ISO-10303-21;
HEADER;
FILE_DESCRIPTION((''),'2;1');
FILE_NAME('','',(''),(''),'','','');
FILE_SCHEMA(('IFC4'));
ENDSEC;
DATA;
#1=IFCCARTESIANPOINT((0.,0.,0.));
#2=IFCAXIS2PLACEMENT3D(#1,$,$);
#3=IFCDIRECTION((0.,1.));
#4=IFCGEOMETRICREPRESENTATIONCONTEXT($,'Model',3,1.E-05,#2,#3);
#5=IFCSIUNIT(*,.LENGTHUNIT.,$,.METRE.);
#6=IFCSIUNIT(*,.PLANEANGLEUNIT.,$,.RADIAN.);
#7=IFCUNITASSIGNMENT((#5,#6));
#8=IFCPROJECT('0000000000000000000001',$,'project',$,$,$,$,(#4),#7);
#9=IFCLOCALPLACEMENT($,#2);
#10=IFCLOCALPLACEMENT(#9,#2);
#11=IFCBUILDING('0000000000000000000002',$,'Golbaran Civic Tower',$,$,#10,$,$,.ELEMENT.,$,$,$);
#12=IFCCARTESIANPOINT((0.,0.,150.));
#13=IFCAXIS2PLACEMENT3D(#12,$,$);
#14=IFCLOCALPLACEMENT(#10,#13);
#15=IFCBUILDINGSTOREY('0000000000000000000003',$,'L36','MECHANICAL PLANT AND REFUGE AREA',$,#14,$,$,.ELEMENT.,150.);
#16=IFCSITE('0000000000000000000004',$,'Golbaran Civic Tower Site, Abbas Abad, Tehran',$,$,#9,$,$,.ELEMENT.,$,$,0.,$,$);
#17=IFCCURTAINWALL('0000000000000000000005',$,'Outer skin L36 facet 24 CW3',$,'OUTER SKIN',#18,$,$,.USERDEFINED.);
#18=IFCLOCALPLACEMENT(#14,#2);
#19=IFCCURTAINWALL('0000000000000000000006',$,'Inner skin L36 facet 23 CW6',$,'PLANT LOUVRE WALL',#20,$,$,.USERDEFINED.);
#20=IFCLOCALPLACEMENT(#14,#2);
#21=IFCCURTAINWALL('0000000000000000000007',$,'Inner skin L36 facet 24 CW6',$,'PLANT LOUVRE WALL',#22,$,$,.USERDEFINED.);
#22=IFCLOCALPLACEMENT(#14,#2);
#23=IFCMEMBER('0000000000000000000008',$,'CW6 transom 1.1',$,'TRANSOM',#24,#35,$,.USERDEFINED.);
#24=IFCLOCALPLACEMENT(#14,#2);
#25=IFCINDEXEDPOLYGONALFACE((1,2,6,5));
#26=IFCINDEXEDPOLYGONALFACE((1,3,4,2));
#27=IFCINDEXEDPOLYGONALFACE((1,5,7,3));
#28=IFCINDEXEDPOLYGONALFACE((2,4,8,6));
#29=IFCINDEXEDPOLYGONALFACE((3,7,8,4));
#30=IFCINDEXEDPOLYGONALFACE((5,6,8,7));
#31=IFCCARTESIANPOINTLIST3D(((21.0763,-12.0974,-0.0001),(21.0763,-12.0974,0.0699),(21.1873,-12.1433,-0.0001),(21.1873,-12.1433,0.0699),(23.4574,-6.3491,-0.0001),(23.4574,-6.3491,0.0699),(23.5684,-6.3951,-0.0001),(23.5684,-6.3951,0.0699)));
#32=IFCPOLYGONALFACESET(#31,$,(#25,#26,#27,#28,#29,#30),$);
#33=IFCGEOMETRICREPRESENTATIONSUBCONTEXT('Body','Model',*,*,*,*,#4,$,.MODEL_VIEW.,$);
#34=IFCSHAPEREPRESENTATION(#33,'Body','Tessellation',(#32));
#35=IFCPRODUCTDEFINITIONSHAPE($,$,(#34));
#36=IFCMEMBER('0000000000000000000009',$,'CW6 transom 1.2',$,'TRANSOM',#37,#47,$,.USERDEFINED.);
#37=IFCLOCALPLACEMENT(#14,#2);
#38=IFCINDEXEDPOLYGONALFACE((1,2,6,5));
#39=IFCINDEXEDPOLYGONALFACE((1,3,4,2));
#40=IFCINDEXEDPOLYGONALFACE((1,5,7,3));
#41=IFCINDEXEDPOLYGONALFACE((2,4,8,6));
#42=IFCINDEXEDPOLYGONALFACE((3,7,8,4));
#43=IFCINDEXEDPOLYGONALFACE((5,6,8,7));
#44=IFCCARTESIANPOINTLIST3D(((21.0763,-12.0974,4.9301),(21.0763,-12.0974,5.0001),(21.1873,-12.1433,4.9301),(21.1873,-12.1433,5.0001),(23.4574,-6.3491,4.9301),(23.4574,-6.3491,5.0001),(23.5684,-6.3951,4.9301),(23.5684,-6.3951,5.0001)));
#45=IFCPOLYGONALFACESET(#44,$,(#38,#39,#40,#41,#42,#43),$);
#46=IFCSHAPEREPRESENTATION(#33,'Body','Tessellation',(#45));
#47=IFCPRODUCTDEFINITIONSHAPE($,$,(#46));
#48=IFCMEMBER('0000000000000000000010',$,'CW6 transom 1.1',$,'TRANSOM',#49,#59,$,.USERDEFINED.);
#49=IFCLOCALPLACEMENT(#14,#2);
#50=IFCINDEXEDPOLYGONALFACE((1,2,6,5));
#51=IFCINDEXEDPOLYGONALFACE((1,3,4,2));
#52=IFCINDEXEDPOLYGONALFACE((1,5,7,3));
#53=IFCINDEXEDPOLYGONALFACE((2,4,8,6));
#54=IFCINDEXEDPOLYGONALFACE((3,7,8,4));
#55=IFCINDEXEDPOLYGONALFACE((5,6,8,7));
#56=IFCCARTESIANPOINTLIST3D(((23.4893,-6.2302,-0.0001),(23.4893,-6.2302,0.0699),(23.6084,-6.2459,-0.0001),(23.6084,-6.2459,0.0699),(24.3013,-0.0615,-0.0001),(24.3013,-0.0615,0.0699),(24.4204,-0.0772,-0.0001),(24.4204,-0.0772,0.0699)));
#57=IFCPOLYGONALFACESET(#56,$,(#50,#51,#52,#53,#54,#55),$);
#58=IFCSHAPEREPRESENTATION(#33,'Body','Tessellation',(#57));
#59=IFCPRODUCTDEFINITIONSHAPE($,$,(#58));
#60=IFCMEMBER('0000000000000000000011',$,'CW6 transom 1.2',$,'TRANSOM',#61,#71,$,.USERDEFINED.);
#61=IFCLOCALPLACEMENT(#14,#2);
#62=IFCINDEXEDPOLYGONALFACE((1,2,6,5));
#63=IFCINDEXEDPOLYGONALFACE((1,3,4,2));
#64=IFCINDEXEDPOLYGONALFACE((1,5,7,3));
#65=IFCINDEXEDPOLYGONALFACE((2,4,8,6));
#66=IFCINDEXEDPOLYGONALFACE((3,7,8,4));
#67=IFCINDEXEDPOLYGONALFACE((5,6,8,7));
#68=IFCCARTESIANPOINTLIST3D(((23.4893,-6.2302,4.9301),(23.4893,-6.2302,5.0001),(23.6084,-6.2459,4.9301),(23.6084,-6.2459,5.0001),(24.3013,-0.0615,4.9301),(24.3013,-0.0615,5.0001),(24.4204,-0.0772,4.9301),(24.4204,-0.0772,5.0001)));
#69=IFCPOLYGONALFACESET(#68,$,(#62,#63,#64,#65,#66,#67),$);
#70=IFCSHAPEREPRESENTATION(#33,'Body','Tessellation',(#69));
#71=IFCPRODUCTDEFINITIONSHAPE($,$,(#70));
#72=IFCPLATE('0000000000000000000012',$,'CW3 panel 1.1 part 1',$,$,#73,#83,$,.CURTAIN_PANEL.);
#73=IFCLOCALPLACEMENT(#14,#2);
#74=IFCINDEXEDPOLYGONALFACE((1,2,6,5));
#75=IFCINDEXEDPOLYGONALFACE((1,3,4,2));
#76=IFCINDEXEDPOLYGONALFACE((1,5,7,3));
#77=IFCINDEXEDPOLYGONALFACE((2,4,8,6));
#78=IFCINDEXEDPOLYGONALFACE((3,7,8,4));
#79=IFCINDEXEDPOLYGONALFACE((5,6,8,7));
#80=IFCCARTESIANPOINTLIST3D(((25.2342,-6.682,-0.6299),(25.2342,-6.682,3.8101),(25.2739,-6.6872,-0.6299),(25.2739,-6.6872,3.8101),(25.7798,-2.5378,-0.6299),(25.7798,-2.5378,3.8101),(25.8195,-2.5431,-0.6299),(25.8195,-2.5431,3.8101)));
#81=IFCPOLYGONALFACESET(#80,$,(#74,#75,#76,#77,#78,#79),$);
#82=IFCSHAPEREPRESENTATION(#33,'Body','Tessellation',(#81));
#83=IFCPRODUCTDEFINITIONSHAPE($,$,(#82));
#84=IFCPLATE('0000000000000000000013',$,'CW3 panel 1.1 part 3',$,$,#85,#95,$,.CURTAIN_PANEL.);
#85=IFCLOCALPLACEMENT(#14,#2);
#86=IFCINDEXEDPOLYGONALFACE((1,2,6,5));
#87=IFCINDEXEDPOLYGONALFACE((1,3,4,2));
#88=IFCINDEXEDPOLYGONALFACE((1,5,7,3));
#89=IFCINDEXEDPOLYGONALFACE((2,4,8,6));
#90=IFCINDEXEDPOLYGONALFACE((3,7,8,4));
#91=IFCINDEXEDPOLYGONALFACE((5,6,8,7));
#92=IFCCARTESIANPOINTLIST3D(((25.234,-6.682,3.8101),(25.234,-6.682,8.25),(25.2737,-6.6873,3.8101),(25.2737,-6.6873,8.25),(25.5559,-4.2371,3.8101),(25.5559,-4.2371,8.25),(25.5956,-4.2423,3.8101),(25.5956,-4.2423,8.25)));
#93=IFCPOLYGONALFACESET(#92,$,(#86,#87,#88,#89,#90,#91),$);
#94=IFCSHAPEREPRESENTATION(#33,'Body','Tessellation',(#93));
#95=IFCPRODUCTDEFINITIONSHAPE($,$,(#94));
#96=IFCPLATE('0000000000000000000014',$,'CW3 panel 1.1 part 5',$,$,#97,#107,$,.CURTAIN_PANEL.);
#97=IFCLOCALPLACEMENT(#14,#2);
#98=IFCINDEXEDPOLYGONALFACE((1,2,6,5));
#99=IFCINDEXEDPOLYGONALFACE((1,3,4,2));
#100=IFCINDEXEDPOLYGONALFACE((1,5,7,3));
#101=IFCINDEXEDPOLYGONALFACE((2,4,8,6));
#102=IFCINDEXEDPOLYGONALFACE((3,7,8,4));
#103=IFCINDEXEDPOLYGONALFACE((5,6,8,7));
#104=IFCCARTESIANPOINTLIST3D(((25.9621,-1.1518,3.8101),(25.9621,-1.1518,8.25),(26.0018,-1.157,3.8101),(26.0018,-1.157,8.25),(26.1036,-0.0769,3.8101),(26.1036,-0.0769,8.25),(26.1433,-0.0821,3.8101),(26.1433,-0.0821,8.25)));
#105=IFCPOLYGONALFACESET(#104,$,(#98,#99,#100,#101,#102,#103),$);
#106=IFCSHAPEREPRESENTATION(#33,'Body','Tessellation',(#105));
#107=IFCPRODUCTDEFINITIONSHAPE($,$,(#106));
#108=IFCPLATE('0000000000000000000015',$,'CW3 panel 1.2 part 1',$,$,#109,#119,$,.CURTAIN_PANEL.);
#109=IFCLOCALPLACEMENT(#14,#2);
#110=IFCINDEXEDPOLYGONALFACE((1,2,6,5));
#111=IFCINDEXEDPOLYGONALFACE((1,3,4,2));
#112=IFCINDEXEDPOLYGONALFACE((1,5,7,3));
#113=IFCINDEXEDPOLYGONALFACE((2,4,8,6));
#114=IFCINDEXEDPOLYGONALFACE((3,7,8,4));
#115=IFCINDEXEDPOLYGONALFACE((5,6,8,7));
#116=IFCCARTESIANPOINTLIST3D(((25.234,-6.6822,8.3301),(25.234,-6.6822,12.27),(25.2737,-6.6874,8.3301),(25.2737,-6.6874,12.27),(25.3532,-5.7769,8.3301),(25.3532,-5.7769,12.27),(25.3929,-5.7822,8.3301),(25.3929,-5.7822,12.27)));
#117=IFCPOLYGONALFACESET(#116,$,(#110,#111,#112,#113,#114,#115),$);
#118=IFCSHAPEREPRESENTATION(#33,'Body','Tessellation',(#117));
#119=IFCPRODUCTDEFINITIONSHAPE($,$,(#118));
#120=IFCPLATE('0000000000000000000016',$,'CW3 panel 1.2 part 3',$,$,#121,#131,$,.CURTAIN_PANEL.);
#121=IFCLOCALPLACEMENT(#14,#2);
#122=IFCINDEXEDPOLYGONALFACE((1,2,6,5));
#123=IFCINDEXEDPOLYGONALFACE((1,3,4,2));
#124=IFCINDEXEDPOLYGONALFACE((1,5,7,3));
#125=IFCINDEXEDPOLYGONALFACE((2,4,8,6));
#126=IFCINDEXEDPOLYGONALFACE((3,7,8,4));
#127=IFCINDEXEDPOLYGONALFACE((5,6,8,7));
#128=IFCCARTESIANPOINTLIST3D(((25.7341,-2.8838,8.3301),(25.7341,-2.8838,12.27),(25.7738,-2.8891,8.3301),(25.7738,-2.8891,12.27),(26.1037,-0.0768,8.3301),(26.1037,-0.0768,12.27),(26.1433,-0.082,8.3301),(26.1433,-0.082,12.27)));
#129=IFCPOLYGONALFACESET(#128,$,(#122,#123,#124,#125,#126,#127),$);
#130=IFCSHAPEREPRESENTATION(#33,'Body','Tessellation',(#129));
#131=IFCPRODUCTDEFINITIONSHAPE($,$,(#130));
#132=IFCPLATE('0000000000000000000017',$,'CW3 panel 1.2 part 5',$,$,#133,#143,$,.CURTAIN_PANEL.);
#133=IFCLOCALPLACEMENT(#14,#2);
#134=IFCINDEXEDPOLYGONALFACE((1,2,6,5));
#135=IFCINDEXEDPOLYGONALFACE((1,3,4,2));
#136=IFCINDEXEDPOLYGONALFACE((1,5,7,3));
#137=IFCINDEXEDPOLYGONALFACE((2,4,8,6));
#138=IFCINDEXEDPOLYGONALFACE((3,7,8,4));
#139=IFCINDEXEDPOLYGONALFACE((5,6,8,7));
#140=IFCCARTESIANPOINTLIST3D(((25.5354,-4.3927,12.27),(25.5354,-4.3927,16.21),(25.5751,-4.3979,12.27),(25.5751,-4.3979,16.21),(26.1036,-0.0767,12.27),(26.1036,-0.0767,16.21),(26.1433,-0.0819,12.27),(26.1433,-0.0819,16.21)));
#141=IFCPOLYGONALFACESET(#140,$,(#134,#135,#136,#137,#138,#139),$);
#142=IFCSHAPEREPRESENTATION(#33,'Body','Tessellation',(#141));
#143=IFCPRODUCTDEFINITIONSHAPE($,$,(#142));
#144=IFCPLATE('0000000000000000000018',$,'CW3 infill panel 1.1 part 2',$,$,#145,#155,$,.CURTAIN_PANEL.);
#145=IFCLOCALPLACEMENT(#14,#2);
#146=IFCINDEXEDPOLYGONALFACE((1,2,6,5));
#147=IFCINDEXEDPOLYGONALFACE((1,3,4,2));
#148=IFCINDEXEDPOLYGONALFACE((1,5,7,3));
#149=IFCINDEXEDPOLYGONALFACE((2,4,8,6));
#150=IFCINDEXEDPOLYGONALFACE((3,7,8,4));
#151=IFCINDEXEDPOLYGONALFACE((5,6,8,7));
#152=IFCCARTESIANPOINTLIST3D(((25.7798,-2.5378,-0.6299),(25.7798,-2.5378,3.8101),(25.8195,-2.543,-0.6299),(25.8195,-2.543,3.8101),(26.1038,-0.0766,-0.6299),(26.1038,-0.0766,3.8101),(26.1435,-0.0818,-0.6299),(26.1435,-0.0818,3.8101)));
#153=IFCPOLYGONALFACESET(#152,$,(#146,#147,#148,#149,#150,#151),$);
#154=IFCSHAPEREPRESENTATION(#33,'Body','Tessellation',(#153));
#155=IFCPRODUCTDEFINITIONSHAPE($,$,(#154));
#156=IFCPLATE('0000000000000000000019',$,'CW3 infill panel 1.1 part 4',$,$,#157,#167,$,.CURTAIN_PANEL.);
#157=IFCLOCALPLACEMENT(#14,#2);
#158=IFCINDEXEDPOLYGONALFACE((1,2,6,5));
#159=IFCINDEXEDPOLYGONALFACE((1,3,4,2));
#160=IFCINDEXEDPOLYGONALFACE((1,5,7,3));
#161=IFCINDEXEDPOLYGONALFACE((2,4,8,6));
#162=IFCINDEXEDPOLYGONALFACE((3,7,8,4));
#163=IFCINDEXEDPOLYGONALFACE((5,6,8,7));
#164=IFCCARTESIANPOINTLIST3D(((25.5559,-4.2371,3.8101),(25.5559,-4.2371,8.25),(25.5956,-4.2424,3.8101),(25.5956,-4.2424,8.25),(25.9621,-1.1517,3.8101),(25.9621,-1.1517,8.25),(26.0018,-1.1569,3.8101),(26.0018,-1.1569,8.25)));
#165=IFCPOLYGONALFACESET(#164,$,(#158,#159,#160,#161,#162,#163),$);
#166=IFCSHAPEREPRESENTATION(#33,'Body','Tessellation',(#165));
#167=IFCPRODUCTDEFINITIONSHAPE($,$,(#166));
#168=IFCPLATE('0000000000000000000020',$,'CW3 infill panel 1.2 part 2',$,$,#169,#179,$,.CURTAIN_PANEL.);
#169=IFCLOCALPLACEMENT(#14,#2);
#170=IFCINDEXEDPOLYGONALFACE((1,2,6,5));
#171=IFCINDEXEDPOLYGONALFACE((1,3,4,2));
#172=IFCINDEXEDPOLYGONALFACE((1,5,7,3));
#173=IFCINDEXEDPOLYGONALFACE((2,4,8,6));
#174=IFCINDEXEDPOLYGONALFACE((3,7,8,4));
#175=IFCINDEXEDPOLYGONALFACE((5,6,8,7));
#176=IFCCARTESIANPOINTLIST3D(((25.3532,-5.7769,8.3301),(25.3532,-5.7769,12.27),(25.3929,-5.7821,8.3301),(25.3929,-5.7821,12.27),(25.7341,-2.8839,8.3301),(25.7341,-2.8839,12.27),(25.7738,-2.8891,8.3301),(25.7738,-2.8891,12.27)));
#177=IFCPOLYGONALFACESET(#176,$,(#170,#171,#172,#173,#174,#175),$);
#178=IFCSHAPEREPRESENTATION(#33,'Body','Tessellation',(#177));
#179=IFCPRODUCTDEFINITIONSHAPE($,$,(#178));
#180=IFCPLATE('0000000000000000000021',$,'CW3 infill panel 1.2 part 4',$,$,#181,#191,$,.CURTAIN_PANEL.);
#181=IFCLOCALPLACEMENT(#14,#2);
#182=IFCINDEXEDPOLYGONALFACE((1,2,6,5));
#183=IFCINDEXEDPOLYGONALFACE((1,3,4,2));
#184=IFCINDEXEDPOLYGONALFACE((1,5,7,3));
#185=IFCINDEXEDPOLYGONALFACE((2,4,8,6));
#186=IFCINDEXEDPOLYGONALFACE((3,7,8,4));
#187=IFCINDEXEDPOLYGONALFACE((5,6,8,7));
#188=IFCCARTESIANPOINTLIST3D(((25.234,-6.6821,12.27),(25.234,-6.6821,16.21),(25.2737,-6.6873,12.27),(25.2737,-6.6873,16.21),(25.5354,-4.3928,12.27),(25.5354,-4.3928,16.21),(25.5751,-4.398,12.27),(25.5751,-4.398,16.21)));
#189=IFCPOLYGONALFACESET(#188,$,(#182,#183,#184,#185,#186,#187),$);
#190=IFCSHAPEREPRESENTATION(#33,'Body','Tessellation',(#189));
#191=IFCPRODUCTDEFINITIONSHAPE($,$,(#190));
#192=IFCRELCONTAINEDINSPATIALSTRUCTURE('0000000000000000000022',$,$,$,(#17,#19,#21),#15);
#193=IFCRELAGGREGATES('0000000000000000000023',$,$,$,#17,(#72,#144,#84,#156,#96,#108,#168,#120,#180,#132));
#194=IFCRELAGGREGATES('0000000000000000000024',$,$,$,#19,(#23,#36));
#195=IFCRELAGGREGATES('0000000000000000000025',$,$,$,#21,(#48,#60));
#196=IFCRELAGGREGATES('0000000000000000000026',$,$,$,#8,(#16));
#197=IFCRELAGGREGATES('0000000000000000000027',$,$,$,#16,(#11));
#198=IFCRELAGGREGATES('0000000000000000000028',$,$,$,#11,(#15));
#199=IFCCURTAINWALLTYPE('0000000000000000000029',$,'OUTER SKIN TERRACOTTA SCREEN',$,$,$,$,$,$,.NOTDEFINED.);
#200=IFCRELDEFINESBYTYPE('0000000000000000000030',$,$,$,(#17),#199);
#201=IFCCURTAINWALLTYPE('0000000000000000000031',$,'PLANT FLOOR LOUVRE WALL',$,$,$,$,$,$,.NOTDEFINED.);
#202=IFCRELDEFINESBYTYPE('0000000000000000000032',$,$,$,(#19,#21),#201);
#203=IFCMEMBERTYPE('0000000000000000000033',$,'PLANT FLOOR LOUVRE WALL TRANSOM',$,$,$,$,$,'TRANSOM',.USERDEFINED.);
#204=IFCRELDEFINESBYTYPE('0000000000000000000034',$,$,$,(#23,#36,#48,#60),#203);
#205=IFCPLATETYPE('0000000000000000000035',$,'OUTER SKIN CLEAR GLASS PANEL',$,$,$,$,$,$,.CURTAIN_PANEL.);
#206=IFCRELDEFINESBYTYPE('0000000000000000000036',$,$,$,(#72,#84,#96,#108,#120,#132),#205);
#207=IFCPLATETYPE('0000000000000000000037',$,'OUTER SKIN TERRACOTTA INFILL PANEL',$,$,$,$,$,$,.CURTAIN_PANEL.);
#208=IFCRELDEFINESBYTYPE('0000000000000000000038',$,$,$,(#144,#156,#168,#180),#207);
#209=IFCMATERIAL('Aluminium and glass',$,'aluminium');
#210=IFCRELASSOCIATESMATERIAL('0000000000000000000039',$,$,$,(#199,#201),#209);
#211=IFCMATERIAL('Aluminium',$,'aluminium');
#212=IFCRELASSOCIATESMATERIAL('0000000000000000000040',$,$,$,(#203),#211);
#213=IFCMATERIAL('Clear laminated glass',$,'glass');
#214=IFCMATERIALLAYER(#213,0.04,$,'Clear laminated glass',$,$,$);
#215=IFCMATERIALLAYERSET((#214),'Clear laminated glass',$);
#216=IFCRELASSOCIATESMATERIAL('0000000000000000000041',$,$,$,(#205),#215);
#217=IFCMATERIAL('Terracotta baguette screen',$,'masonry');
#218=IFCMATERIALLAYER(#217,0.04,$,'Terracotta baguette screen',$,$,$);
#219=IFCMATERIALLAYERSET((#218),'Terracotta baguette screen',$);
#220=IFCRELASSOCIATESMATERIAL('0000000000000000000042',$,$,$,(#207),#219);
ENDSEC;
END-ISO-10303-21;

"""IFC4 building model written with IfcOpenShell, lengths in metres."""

from ifc_helpers import new_model, si_unit, direction, frame, origin, origin_2d, place, context, subcontext, project, spatial, rectangle, extrude, material, layer, layer_set, material_profile, profile_set, type_object, element, aggregate, save


model = new_model("IFC4")

# Units and contexts
model_context = context("Model", 3, precision=1e-05, world=origin(), true_north=direction((0.0, 1.0)))
body_context = subcontext(model_context, "Body", "Model", "MODEL_VIEW")
ifc_project = project(units=[si_unit("LENGTHUNIT", "METRE"), si_unit("PLANEANGLEUNIT", "RADIAN")], contexts=[model_context])

# Site, building, storey
site_placement = place(None, origin())
site = spatial("IfcSite", under=ifc_project, at=site_placement, Name="Golbaran Civic Tower Site, Abbas Abad, Tehran", CompositionType="ELEMENT", RefElevation=0.0)
building_placement = place(site_placement, origin())
building = spatial("IfcBuilding", under=site, at=building_placement, Name="Golbaran Civic Tower", CompositionType="ELEMENT")
storey_placement = place(building_placement, frame((0.0, 0.0, 150.0)))
storey = spatial("IfcBuildingStorey", under=building, at=storey_placement, Name="L36", Description="MECHANICAL PLANT AND REFUGE AREA", CompositionType="ELEMENT", Elevation=150.0)

# Shared definitions
ifc_material_1 = material(Name="Aluminium and glass", Category="aluminium")
curtain_wall_type_1 = type_object("IfcCurtainWallType", Name="OUTER SKIN TERRACOTTA SCREEN", PredefinedType="NOTDEFINED", material=ifc_material_1)
ifc_material_2 = material(Name="Aluminium", Category="aluminium")

# Curtain walls
curtain_wall_1_placement = place(storey_placement, origin())
curtain_wall_1 = element("IfcCurtainWall", 1, at=curtain_wall_1_placement, inside=storey, type_object=curtain_wall_type_1, Name="Outer skin L36 facet 24 CW3", ObjectType="OUTER SKIN", PredefinedType="USERDEFINED")
curtain_wall_type_2 = type_object("IfcCurtainWallType", Name="PLANT FLOOR LOUVRE WALL", PredefinedType="NOTDEFINED", material=ifc_material_1)
curtain_wall_2_placement = place(storey_placement, origin())
curtain_wall_2 = element("IfcCurtainWall", 2, at=curtain_wall_2_placement, inside=storey, type_object=curtain_wall_type_2, Name="Inner skin L36 facet 23 CW6", ObjectType="PLANT LOUVRE WALL", PredefinedType="USERDEFINED")
curtain_wall_3_placement = place(storey_placement, origin())
curtain_wall_3 = element("IfcCurtainWall", 3, at=curtain_wall_3_placement, inside=storey, type_object=curtain_wall_type_2, Name="Inner skin L36 facet 24 CW6", ObjectType="PLANT LOUVRE WALL", PredefinedType="USERDEFINED")

# Members
ifc_material_profile_1 = material_profile(ifc_material_2, rectangle(XDim=0.1201, YDim=0.0701, at=origin_2d()), Name="PLANT FLOOR LOUVRE WALL TRANSOM")
ifc_profile_set_1 = profile_set([ifc_material_profile_1], Name="Aluminium")
member_type_1 = type_object("IfcMemberType", Name="PLANT FLOOR LOUVRE WALL TRANSOM", ElementType="TRANSOM", PredefinedType="USERDEFINED", material=ifc_profile_set_1)
member_1_placement = place(storey_placement, frame((21.1318, -12.1204, 0.0349), z_axis=(0.382695, 0.923875, 0.0), x_axis=(-0.923875, 0.382695, 0.0)))
member_1 = element("IfcMember", 4, at=member_1_placement, type_object=member_type_1, Name="CW6 transom 1.1", ObjectType="TRANSOM", PredefinedType="USERDEFINED", context=body_context, shape_type="SweptSolid", body=[
    extrude(rectangle(XDim=0.1201, YDim=0.0701, at=origin_2d()), origin(), (0.0, 0.0, 1.0), 6.2219),
])
member_2_placement = place(storey_placement, frame((21.1318, -12.1204, 4.9651), z_axis=(0.382695, 0.923875, 0.0), x_axis=(-0.923875, 0.382695, 0.0)))
member_2 = element("IfcMember", 5, at=member_2_placement, type_object=member_type_1, Name="CW6 transom 1.2", ObjectType="TRANSOM", PredefinedType="USERDEFINED", context=body_context, shape_type="SweptSolid", body=[
    extrude(rectangle(XDim=0.1201, YDim=0.0701, at=origin_2d()), origin(), (0.0, 0.0, 1.0), 6.2219),
])
member_3_placement = place(storey_placement, frame((23.5488, -6.238, 0.0349), z_axis=(0.130508, 0.991447, 0.0), x_axis=(-0.991447, 0.130508, 0.0)))
member_3 = element("IfcMember", 6, at=member_3_placement, type_object=member_type_1, Name="CW6 transom 1.1", ObjectType="TRANSOM", PredefinedType="USERDEFINED", context=body_context, shape_type="SweptSolid", body=[
    extrude(rectangle(XDim=0.1201, YDim=0.0701, at=origin_2d()), origin(), (0.0, 0.0, 1.0), 6.2219),
])
member_4_placement = place(storey_placement, frame((23.5488, -6.238, 4.9651), z_axis=(0.130508, 0.991447, 0.0), x_axis=(-0.991447, 0.130508, 0.0)))
member_4 = element("IfcMember", 7, at=member_4_placement, type_object=member_type_1, Name="CW6 transom 1.2", ObjectType="TRANSOM", PredefinedType="USERDEFINED", context=body_context, shape_type="SweptSolid", body=[
    extrude(rectangle(XDim=0.1201, YDim=0.0701, at=origin_2d()), origin(), (0.0, 0.0, 1.0), 6.2219),
])

# Plates
ifc_material_3 = material(Name="Clear laminated glass", Category="glass")
ifc_layer_1 = layer(ifc_material_3, 0.04, Name="Clear laminated glass")
ifc_layer_set_1 = layer_set([ifc_layer_1], Name="Clear laminated glass")
plate_type_1 = type_object("IfcPlateType", Name="OUTER SKIN CLEAR GLASS PANEL", PredefinedType="CURTAIN_PANEL", material=ifc_layer_set_1)
plate_1_placement = place(storey_placement, frame((25.5269, -4.6125, -0.6299), z_axis=(0.0, 0.0, 1.0), x_axis=(0.130526, 0.991445, 0.0)))
plate_1 = element("IfcPlate", 8, at=plate_1_placement, type_object=plate_type_1, Name="CW3 panel 1.1 part 1", PredefinedType="CURTAIN_PANEL", context=body_context, shape_type="SweptSolid", body=[
    extrude(rectangle(XDim=4.1799, YDim=0.04, at=origin_2d()), origin(), (0.0, 0.0, 1.0), 4.4399),
])
plate_2_placement = place(storey_placement, frame((25.4148, -5.4622, 3.8101), z_axis=(0.0, 0.0, 1.0), x_axis=(0.130526, 0.991445, 0.0)))
plate_2 = element("IfcPlate", 9, at=plate_2_placement, type_object=plate_type_1, Name="CW3 panel 1.1 part 3", PredefinedType="CURTAIN_PANEL", context=body_context, shape_type="SweptSolid", body=[
    extrude(rectangle(XDim=2.4661, YDim=0.04, at=origin_2d()), origin(), (0.0, 0.0, 1.0), 4.4399),
])
plate_3_placement = place(storey_placement, frame((26.0527, -0.6169, 3.8101), z_axis=(0.0, 0.0, 1.0), x_axis=(0.130526, 0.991445, 0.0)))
plate_3 = element("IfcPlate", 10, at=plate_3_placement, type_object=plate_type_1, Name="CW3 panel 1.1 part 5", PredefinedType="CURTAIN_PANEL", context=body_context, shape_type="SweptSolid", body=[
    extrude(rectangle(XDim=1.0842, YDim=0.04, at=origin_2d()), origin(), (0.0, 0.0, 1.0), 4.4399),
])
plate_4_placement = place(storey_placement, frame((25.3135, -6.2322, 8.3301), z_axis=(0.0, 0.0, 1.0), x_axis=(0.130526, 0.991445, 0.0)))
plate_4 = element("IfcPlate", 11, at=plate_4_placement, type_object=plate_type_1, Name="CW3 panel 1.2 part 1", PredefinedType="CURTAIN_PANEL", context=body_context, shape_type="SweptSolid", body=[
    extrude(rectangle(XDim=0.9131, YDim=0.04, at=origin_2d()), origin(), (0.0, 0.0, 1.0), 3.9399),
])
plate_5_placement = place(storey_placement, frame((25.9387, -1.4829, 8.3301), z_axis=(0.0, 0.0, 1.0), x_axis=(0.130526, 0.991445, 0.0)))
plate_5 = element("IfcPlate", 12, at=plate_5_placement, type_object=plate_type_1, Name="CW3 panel 1.2 part 3", PredefinedType="CURTAIN_PANEL", context=body_context, shape_type="SweptSolid", body=[
    extrude(rectangle(XDim=2.8313, YDim=0.04, at=origin_2d()), origin(), (0.0, 0.0, 1.0), 3.9399),
])
plate_6_placement = place(storey_placement, frame((25.8394, -2.2373, 12.27), z_axis=(0.0, 0.0, 1.0), x_axis=(0.130526, 0.991445, 0.0)))
plate_6 = element("IfcPlate", 13, at=plate_6_placement, type_object=plate_type_1, Name="CW3 panel 1.2 part 5", PredefinedType="CURTAIN_PANEL", context=body_context, shape_type="SweptSolid", body=[
    extrude(rectangle(XDim=4.3533, YDim=0.04, at=origin_2d()), origin(), (0.0, 0.0, 1.0), 3.9399),
])
ifc_material_4 = material(Name="Terracotta baguette screen", Category="masonry")
ifc_layer_2 = layer(ifc_material_4, 0.04, Name="Terracotta baguette screen")
ifc_layer_set_2 = layer_set([ifc_layer_2], Name="Terracotta baguette screen")
plate_type_2 = type_object("IfcPlateType", Name="OUTER SKIN TERRACOTTA INFILL PANEL", PredefinedType="CURTAIN_PANEL", material=ifc_layer_set_2)
plate_7_placement = place(storey_placement, frame((25.9617, -1.3098, -0.6299), z_axis=(0.0, 0.0, 1.0), x_axis=(0.130526, 0.991445, 0.0)))
plate_7 = element("IfcPlate", 14, at=plate_7_placement, type_object=plate_type_2, Name="CW3 infill panel 1.1 part 2", PredefinedType="CURTAIN_PANEL", context=body_context, shape_type="SweptSolid", body=[
    extrude(rectangle(XDim=2.4824, YDim=0.04, at=origin_2d()), origin(), (0.0, 0.0, 1.0), 4.4399),
])
plate_8_placement = place(storey_placement, frame((25.7788, -2.697, 3.8101), z_axis=(0.0, 0.0, 1.0), x_axis=(0.130526, 0.991445, 0.0)))
plate_8 = element("IfcPlate", 15, at=plate_8_placement, type_object=plate_type_2, Name="CW3 infill panel 1.1 part 4", PredefinedType="CURTAIN_PANEL", context=body_context, shape_type="SweptSolid", body=[
    extrude(rectangle(XDim=3.1121, YDim=0.04, at=origin_2d()), origin(), (0.0, 0.0, 1.0), 4.4399),
])
plate_9_placement = place(storey_placement, frame((25.5635, -4.333, 8.3301), z_axis=(0.0, 0.0, 1.0), x_axis=(0.130526, 0.991445, 0.0)))
plate_9 = element("IfcPlate", 16, at=plate_9_placement, type_object=plate_type_2, Name="CW3 infill panel 1.2 part 2", PredefinedType="CURTAIN_PANEL", context=body_context, shape_type="SweptSolid", body=[
    extrude(rectangle(XDim=2.918, YDim=0.04, at=origin_2d()), origin(), (0.0, 0.0, 1.0), 3.9399),
])
plate_10_placement = place(storey_placement, frame((25.4045, -5.54, 12.27), z_axis=(0.0, 0.0, 1.0), x_axis=(0.130526, 0.991445, 0.0)))
plate_10 = element("IfcPlate", 17, at=plate_10_placement, type_object=plate_type_2, Name="CW3 infill panel 1.2 part 4", PredefinedType="CURTAIN_PANEL", context=body_context, shape_type="SweptSolid", body=[
    extrude(rectangle(XDim=2.3091, YDim=0.04, at=origin_2d()), origin(), (0.0, 0.0, 1.0), 3.9399),
])
aggregate(curtain_wall_1, [plate_1, plate_7, plate_2, plate_8, plate_3, plate_4, plate_9, plate_5, plate_10, plate_6])
aggregate(curtain_wall_2, [member_1, member_2])
aggregate(curtain_wall_3, [member_3, member_4])

save(model, "model.ifc")
